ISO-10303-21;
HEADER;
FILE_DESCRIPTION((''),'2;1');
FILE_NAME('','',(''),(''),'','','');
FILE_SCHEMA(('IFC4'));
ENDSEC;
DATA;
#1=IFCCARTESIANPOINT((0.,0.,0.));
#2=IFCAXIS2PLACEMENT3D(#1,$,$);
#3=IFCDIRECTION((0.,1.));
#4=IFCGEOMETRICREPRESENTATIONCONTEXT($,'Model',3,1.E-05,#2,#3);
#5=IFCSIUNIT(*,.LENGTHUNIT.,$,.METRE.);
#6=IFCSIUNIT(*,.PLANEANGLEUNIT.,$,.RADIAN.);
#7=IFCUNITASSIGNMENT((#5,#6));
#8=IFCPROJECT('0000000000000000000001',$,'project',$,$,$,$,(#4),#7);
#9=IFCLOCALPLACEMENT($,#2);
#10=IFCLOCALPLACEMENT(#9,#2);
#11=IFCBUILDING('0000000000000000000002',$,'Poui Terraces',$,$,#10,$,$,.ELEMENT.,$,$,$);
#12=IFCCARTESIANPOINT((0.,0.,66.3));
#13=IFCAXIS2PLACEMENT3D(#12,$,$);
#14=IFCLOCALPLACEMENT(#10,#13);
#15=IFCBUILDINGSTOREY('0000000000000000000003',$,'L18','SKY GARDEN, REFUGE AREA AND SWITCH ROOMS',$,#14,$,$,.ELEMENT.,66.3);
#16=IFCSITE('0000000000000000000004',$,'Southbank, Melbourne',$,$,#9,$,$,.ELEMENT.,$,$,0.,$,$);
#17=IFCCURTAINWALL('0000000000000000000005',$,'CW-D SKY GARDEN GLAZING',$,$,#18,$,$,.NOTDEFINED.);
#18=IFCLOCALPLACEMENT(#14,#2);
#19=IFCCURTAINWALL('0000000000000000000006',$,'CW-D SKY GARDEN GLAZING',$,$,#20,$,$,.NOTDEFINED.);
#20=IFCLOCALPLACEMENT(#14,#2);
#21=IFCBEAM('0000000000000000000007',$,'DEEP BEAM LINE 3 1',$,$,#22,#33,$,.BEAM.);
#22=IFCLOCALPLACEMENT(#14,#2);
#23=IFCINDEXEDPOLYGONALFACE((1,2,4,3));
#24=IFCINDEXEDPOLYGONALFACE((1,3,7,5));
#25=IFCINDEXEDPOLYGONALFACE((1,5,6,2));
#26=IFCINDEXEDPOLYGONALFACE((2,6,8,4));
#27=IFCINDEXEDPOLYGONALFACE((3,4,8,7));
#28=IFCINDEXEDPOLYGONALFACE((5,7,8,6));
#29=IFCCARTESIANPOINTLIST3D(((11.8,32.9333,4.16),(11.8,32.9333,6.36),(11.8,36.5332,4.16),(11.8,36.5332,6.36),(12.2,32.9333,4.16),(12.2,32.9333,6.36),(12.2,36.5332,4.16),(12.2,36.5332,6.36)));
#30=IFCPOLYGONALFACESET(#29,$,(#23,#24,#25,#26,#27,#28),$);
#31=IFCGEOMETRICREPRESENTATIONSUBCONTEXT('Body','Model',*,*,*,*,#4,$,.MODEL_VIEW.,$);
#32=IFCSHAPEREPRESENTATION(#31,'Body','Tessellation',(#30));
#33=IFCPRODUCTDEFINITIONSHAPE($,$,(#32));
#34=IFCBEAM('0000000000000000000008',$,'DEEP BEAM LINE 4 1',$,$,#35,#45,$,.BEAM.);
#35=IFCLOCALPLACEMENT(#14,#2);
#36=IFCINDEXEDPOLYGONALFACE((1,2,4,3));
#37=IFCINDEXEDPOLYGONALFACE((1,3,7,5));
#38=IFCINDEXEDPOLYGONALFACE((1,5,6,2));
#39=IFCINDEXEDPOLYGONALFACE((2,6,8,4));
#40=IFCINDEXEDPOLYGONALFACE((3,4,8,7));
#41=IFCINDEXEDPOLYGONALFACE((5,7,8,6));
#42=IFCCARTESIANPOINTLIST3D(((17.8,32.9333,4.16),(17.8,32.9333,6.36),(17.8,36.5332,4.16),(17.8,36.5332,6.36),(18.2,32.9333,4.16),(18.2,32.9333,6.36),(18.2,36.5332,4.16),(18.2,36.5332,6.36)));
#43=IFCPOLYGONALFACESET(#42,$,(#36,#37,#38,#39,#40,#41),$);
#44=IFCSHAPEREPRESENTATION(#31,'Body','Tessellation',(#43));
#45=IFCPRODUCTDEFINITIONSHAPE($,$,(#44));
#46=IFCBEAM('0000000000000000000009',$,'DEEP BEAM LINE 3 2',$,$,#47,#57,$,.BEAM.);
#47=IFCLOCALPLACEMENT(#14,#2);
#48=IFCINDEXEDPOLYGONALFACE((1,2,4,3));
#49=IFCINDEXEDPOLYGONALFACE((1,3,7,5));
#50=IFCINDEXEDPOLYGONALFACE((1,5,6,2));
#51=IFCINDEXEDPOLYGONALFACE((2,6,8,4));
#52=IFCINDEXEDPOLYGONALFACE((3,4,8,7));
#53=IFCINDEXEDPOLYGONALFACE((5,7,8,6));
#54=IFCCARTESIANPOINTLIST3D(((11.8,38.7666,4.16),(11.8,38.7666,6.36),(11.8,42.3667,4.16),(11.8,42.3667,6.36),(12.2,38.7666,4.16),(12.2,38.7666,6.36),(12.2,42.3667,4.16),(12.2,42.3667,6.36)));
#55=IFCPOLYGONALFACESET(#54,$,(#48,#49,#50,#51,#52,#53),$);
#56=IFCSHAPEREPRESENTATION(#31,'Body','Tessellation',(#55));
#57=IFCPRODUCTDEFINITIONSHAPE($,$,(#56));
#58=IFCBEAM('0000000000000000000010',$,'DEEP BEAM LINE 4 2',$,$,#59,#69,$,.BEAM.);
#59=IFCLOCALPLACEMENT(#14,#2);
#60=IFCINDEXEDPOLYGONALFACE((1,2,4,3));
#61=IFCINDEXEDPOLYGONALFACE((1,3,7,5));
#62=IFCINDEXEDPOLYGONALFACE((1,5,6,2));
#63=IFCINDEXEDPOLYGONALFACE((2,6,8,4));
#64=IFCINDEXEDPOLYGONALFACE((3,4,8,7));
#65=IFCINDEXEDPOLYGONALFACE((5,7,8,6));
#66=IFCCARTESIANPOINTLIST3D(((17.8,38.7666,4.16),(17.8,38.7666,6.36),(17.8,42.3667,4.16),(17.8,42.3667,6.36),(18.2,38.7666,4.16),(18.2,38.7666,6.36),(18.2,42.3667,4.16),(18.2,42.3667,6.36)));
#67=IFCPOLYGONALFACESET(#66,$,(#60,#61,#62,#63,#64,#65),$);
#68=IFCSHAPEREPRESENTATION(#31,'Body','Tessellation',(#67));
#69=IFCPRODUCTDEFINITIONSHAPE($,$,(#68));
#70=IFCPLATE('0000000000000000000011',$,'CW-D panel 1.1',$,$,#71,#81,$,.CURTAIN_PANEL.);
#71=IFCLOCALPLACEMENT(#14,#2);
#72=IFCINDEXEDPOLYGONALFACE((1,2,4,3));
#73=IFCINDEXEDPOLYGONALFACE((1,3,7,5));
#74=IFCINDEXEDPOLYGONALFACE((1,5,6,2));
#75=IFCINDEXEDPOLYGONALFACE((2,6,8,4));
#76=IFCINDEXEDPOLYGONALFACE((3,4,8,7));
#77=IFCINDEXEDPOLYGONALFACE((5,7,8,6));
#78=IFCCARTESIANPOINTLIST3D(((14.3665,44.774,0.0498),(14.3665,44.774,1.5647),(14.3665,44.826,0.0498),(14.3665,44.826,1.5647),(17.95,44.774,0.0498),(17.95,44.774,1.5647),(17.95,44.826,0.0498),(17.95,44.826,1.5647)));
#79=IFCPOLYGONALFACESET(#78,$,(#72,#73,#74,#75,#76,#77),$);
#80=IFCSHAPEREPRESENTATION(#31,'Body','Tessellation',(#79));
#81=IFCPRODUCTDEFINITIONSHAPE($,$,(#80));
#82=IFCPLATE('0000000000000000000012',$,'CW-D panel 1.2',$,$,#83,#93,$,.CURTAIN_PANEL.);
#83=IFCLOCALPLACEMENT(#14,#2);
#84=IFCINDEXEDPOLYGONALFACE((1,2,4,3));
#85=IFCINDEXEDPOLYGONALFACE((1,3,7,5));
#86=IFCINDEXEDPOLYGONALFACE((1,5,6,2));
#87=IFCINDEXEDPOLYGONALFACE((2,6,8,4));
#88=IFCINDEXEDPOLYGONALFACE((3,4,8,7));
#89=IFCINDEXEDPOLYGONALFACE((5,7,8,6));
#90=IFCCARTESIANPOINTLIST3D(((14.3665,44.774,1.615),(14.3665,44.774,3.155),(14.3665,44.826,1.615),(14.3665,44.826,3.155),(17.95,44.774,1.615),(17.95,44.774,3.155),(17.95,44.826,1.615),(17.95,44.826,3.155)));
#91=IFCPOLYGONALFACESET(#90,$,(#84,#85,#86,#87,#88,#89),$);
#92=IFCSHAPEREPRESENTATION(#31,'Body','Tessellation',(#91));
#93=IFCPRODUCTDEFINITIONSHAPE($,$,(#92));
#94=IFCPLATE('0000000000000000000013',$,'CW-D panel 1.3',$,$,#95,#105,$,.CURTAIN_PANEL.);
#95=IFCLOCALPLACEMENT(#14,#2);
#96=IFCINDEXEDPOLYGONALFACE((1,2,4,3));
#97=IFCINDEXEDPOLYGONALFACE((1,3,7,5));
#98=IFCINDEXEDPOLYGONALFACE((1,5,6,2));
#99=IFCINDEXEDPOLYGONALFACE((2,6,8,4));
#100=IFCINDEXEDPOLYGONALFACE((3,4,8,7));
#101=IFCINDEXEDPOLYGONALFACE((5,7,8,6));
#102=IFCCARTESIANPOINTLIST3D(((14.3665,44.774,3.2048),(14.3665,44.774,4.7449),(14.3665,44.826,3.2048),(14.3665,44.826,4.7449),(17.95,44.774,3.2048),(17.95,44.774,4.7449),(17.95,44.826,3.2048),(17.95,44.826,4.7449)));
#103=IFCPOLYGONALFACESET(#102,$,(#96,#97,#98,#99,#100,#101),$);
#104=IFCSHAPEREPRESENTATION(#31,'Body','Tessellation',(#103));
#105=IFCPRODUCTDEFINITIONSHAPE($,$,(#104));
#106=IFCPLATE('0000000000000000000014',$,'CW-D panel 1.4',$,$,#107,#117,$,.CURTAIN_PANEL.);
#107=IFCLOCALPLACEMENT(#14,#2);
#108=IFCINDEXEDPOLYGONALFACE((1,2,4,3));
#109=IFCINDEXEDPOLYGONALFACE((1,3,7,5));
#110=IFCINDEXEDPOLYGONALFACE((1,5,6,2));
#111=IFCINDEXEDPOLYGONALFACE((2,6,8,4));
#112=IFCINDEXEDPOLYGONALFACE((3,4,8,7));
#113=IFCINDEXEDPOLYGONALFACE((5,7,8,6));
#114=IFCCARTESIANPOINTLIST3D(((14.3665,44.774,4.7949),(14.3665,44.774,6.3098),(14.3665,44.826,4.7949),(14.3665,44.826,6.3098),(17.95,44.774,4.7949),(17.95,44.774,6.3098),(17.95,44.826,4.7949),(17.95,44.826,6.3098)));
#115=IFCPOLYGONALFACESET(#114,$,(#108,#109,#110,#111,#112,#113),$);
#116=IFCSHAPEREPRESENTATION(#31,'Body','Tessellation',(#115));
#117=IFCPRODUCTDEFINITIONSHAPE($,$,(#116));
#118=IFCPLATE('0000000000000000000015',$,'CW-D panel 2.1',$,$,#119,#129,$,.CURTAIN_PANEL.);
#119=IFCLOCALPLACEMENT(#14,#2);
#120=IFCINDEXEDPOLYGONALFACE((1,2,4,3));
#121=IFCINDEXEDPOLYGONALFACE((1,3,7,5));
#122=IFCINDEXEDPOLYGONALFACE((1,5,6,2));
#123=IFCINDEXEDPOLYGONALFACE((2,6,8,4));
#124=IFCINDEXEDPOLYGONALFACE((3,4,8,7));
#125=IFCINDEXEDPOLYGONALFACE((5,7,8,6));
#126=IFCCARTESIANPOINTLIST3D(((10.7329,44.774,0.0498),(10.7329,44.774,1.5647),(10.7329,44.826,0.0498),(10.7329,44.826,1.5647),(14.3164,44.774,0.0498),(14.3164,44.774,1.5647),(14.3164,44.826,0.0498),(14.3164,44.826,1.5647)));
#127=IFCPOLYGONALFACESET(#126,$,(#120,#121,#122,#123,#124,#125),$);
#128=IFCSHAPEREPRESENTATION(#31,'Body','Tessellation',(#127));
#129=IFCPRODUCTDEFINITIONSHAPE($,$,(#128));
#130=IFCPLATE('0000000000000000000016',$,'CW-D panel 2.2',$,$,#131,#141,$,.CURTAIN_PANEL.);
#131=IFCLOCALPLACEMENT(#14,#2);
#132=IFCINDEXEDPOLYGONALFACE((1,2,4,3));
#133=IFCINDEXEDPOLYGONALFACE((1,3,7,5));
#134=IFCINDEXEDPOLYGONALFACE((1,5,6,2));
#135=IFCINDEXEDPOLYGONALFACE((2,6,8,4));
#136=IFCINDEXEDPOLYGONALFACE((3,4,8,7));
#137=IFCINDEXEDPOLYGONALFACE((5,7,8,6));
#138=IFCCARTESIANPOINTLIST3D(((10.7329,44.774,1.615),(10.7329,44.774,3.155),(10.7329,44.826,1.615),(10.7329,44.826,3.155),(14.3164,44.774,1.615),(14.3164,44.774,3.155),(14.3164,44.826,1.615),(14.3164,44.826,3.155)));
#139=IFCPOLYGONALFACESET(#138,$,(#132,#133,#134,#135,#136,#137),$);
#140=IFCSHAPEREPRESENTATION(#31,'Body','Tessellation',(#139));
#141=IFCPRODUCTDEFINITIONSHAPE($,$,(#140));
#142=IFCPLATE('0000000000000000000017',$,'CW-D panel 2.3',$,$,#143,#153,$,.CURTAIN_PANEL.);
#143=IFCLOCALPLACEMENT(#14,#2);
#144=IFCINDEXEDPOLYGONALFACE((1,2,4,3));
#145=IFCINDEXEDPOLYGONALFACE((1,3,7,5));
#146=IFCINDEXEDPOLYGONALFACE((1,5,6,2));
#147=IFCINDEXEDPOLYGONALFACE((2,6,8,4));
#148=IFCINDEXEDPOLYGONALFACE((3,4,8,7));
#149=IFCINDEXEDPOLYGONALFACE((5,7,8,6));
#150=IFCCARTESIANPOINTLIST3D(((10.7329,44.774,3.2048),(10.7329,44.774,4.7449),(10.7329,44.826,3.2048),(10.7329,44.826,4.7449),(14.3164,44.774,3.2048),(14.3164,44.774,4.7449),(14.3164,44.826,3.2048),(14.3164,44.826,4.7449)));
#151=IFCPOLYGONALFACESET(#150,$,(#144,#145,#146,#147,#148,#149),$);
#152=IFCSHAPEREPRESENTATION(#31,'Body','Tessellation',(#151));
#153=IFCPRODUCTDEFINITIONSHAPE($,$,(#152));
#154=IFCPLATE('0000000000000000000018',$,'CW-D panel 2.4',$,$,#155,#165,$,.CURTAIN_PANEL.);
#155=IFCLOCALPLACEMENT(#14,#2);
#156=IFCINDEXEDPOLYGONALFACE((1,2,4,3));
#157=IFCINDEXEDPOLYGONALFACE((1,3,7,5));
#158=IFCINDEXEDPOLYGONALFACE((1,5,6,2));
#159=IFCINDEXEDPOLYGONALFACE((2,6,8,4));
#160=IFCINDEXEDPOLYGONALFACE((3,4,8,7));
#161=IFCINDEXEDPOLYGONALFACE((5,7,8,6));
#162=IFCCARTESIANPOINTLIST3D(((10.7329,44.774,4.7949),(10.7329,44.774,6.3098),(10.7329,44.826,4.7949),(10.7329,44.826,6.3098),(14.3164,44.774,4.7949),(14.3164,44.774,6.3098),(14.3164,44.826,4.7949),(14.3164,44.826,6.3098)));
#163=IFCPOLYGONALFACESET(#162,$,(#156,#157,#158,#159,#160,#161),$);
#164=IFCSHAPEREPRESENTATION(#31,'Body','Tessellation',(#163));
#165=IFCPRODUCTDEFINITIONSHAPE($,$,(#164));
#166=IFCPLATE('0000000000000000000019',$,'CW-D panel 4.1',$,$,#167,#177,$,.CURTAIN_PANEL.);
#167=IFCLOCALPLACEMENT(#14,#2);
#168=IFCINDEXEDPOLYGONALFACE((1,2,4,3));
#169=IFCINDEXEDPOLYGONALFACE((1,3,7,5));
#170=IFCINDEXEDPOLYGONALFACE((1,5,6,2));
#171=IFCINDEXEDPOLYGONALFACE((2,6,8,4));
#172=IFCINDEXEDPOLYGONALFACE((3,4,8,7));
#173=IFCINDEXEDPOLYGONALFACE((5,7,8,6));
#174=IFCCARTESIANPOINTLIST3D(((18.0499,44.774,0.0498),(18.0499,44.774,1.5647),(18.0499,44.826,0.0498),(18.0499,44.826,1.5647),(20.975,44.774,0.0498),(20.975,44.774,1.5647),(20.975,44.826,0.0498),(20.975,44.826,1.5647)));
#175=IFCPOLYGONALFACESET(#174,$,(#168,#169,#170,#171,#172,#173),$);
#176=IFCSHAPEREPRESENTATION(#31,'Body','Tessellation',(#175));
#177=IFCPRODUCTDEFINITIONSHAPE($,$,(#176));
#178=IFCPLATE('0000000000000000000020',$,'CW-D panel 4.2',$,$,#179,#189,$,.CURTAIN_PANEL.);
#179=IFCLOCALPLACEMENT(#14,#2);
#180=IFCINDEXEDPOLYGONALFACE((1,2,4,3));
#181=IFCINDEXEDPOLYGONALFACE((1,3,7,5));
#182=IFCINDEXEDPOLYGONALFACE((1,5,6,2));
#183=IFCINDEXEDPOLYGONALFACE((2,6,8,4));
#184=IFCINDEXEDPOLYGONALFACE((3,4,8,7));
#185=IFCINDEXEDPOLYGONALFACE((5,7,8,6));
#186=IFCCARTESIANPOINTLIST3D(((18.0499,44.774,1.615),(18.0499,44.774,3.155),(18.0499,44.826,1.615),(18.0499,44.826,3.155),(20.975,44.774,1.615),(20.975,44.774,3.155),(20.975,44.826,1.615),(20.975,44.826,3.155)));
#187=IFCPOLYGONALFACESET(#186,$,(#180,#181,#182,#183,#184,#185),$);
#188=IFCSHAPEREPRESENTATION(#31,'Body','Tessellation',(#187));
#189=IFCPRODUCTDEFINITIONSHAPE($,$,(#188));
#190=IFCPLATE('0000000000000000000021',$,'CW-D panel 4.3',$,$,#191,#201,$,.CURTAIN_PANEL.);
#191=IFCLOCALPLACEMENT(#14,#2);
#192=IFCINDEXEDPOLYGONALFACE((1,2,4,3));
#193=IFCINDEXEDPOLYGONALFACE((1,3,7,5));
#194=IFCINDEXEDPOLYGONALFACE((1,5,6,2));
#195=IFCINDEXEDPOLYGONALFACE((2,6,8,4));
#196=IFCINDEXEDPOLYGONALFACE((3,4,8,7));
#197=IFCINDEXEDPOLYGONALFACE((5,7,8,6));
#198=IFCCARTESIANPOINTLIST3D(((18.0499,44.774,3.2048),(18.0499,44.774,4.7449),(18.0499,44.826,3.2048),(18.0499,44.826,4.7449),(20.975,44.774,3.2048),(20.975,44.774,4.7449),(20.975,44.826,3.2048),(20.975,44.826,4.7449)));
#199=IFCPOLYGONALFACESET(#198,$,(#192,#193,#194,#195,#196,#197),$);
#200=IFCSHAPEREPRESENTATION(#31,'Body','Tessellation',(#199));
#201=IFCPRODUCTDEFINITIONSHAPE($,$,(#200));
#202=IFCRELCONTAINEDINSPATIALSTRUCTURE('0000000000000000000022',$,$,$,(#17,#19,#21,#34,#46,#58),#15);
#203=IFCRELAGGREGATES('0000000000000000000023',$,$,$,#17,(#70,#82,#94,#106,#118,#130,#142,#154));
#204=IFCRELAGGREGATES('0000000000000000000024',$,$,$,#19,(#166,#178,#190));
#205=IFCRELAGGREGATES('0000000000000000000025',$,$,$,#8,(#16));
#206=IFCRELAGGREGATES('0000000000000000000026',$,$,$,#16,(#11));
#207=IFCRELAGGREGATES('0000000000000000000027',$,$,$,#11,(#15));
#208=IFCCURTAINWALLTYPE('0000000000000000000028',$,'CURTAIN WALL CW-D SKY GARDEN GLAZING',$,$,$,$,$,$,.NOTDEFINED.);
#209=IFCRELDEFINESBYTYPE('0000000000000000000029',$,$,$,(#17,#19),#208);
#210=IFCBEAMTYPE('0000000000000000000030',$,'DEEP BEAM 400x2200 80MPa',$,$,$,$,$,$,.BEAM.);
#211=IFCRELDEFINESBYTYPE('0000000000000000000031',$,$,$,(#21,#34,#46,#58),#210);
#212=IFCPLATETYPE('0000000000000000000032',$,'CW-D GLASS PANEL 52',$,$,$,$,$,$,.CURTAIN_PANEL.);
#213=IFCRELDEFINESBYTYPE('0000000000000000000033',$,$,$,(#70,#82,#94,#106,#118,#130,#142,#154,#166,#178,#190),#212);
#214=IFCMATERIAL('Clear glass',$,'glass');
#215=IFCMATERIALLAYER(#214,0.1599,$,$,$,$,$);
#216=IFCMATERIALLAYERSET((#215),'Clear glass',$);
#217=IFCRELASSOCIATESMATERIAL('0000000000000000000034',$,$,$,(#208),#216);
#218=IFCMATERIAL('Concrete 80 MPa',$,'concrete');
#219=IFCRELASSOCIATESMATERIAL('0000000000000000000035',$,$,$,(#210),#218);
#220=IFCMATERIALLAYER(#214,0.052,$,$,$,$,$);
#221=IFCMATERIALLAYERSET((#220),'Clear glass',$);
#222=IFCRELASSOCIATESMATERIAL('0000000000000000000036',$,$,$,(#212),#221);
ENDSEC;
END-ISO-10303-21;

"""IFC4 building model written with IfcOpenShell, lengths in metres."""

from ifc_helpers import new_model, si_unit, direction, frame, origin, origin_2d, place, context, subcontext, project, spatial, rectangle, extrude, source, transform, mapped, material, layer, layer_set, material_profile, profile_set, type_object, element, aggregate, save


model = new_model("IFC4")

# Units and contexts
model_context = context("Model", 3, precision=1e-05, world=origin(), true_north=direction((0.0, 1.0)))
body_context = subcontext(model_context, "Body", "Model", "MODEL_VIEW")
ifc_project = project(units=[si_unit("LENGTHUNIT", "METRE"), si_unit("PLANEANGLEUNIT", "RADIAN")], contexts=[model_context])

# Site, building, storey
site_placement = place(None, origin())
site = spatial("IfcSite", under=ifc_project, at=site_placement, Name="Southbank, Melbourne", CompositionType="ELEMENT", RefElevation=0.0)
building_placement = place(site_placement, origin())
building = spatial("IfcBuilding", under=site, at=building_placement, Name="Poui Terraces", CompositionType="ELEMENT")
storey_placement = place(building_placement, frame((0.0, 0.0, 66.3)))
storey = spatial("IfcBuildingStorey", under=building, at=storey_placement, Name="L18", Description="SKY GARDEN, REFUGE AREA AND SWITCH ROOMS", CompositionType="ELEMENT", Elevation=66.3)

# Curtain wall
ifc_material_1 = material(Name="Clear glass", Category="glass")
ifc_layer_1 = layer(ifc_material_1, 0.1599)
ifc_layer_set_1 = layer_set([ifc_layer_1], Name="Clear glass")
curtain_wall_type = type_object("IfcCurtainWallType", Name="CURTAIN WALL CW-D SKY GARDEN GLAZING", PredefinedType="NOTDEFINED", material=ifc_layer_set_1)
curtain_wall_1_placement = place(storey_placement, origin())
curtain_wall_1 = element("IfcCurtainWall", 1, at=curtain_wall_1_placement, inside=storey, type_object=curtain_wall_type, Name="CW-D SKY GARDEN GLAZING", PredefinedType="NOTDEFINED")

# Curtain wall
curtain_wall_2_placement = place(storey_placement, origin())
curtain_wall_2 = element("IfcCurtainWall", 2, at=curtain_wall_2_placement, inside=storey, type_object=curtain_wall_type, Name="CW-D SKY GARDEN GLAZING", PredefinedType="NOTDEFINED")

# Beams
ifc_material_2 = material(Name="Concrete 80 MPa", Category="concrete")
ifc_material_profile_1 = material_profile(ifc_material_2, rectangle(XDim=0.3999, YDim=2.2, at=origin_2d()), Name="RC 400x2200")
ifc_profile_set_1 = profile_set([ifc_material_profile_1], Name="Concrete 80 MPa")
beam_type = type_object("IfcBeamType", Name="DEEP BEAM 400x2200 80MPa", PredefinedType="BEAM", material=ifc_profile_set_1)
shared_shape_1 = source(origin(), body_context, "Body", "SweptSolid", [
    extrude(rectangle(XDim=0.3999, YDim=2.2, at=origin_2d()), origin(), (0.0, 0.0, 1.0), 3.5999),
])
for number, where, z_axis, x_axis, name in (
    (3, (12.0, 32.9333, 5.26), (0.0, 1.0, 0.0), (-1.0, 0.0, 0.0), "DEEP BEAM LINE 3 1"),
    (4, (18.0, 32.9333, 5.26), (0.0, 1.0, 0.0), (-1.0, 0.0, 0.0), "DEEP BEAM LINE 4 1"),
):
    element("IfcBeam", number, at=place(storey_placement, frame(where, z_axis=z_axis, x_axis=x_axis)), inside=storey, type_object=beam_type, Name=name, PredefinedType="BEAM", context=body_context, shape_type="MappedRepresentation", body=[
        mapped(shared_shape_1, transform((0.0, 0.0, 0.0))),
    ])
shared_shape_2 = source(origin(), body_context, "Body", "SweptSolid", [
    extrude(rectangle(XDim=0.3999, YDim=2.2, at=origin_2d()), origin(), (0.0, 0.0, 1.0), 3.6001),
])
for number, where, z_axis, x_axis, name in (
    (5, (12.0, 38.7666, 5.26), (0.0, 1.0, 0.0), (-1.0, 0.0, 0.0), "DEEP BEAM LINE 3 2"),
    (6, (18.0, 38.7666, 5.26), (0.0, 1.0, 0.0), (-1.0, 0.0, 0.0), "DEEP BEAM LINE 4 2"),
):
    element("IfcBeam", number, at=place(storey_placement, frame(where, z_axis=z_axis, x_axis=x_axis)), inside=storey, type_object=beam_type, Name=name, PredefinedType="BEAM", context=body_context, shape_type="MappedRepresentation", body=[
        mapped(shared_shape_2, transform((0.0, 0.0, 0.0))),
    ])

# Plates
ifc_layer_2 = layer(ifc_material_1, 0.052)
ifc_layer_set_2 = layer_set([ifc_layer_2], Name="Clear glass")
plate_type = type_object("IfcPlateType", Name="CW-D GLASS PANEL 52", PredefinedType="CURTAIN_PANEL", material=ifc_layer_set_2)
plate_1_placement = place(storey_placement, frame((16.1582, 44.8, 0.0498), z_axis=(0.0, 0.0, 1.0), x_axis=(-1.0, 0.0, 0.0)))
plate_1 = element("IfcPlate", 7, at=plate_1_placement, type_object=plate_type, Name="CW-D panel 1.1", PredefinedType="CURTAIN_PANEL", context=body_context, shape_type="SweptSolid", body=[
    extrude(rectangle(XDim=3.5835, YDim=0.052, at=origin_2d()), origin(), (0.0, 0.0, 1.0), 1.5149),
])
plate_2_placement = place(storey_placement, frame((16.1582, 44.8, 1.615), z_axis=(0.0, 0.0, 1.0), x_axis=(-1.0, 0.0, 0.0)))
plate_2 = element("IfcPlate", 8, at=plate_2_placement, type_object=plate_type, Name="CW-D panel 1.2", PredefinedType="CURTAIN_PANEL", context=body_context, shape_type="SweptSolid", body=[
    extrude(rectangle(XDim=3.5835, YDim=0.052, at=origin_2d()), origin(), (0.0, 0.0, 1.0), 1.54),
])
plate_3_placement = place(storey_placement, frame((16.1582, 44.8, 3.2048), z_axis=(0.0, 0.0, 1.0), x_axis=(-1.0, 0.0, 0.0)))
plate_3 = element("IfcPlate", 9, at=plate_3_placement, type_object=plate_type, Name="CW-D panel 1.3", PredefinedType="CURTAIN_PANEL", context=body_context, shape_type="SweptSolid", body=[
    extrude(rectangle(XDim=3.5835, YDim=0.052, at=origin_2d()), origin(), (0.0, 0.0, 1.0), 1.54),
])
plate_4_placement = place(storey_placement, frame((16.1582, 44.8, 4.7949), z_axis=(0.0, 0.0, 1.0), x_axis=(-1.0, 0.0, 0.0)))
plate_4 = element("IfcPlate", 10, at=plate_4_placement, type_object=plate_type, Name="CW-D panel 1.4", PredefinedType="CURTAIN_PANEL", context=body_context, shape_type="SweptSolid", body=[
    extrude(rectangle(XDim=3.5835, YDim=0.052, at=origin_2d()), origin(), (0.0, 0.0, 1.0), 1.5149),
])
plate_5_placement = place(storey_placement, frame((12.5247, 44.8, 0.0498), z_axis=(0.0, 0.0, 1.0), x_axis=(-1.0, 0.0, 0.0)))
plate_5 = element("IfcPlate", 11, at=plate_5_placement, type_object=plate_type, Name="CW-D panel 2.1", PredefinedType="CURTAIN_PANEL", context=body_context, shape_type="SweptSolid", body=[
    extrude(rectangle(XDim=3.5835, YDim=0.052, at=origin_2d()), origin(), (0.0, 0.0, 1.0), 1.5149),
])
plate_6_placement = place(storey_placement, frame((12.5247, 44.8, 1.615), z_axis=(0.0, 0.0, 1.0), x_axis=(-1.0, 0.0, 0.0)))
plate_6 = element("IfcPlate", 12, at=plate_6_placement, type_object=plate_type, Name="CW-D panel 2.2", PredefinedType="CURTAIN_PANEL", context=body_context, shape_type="SweptSolid", body=[
    extrude(rectangle(XDim=3.5835, YDim=0.052, at=origin_2d()), origin(), (0.0, 0.0, 1.0), 1.54),
])
plate_7_placement = place(storey_placement, frame((12.5247, 44.8, 3.2048), z_axis=(0.0, 0.0, 1.0), x_axis=(-1.0, 0.0, 0.0)))
plate_7 = element("IfcPlate", 13, at=plate_7_placement, type_object=plate_type, Name="CW-D panel 2.3", PredefinedType="CURTAIN_PANEL", context=body_context, shape_type="SweptSolid", body=[
    extrude(rectangle(XDim=3.5835, YDim=0.052, at=origin_2d()), origin(), (0.0, 0.0, 1.0), 1.54),
])
plate_8_placement = place(storey_placement, frame((12.5247, 44.8, 4.7949), z_axis=(0.0, 0.0, 1.0), x_axis=(-1.0, 0.0, 0.0)))
plate_8 = element("IfcPlate", 14, at=plate_8_placement, type_object=plate_type, Name="CW-D panel 2.4", PredefinedType="CURTAIN_PANEL", context=body_context, shape_type="SweptSolid", body=[
    extrude(rectangle(XDim=3.5835, YDim=0.052, at=origin_2d()), origin(), (0.0, 0.0, 1.0), 1.5149),
])
aggregate(curtain_wall_1, [plate_1, plate_2, plate_3, plate_4, plate_5, plate_6, plate_7, plate_8])
plate_9_placement = place(storey_placement, frame((19.5125, 44.8, 0.0498), z_axis=(0.0, 0.0, 1.0), x_axis=(-1.0, 0.0, 0.0)))
plate_9 = element("IfcPlate", 15, at=plate_9_placement, type_object=plate_type, Name="CW-D panel 4.1", PredefinedType="CURTAIN_PANEL", context=body_context, shape_type="SweptSolid", body=[
    extrude(rectangle(XDim=2.925, YDim=0.052, at=origin_2d()), origin(), (0.0, 0.0, 1.0), 1.5149),
])
plate_10_placement = place(storey_placement, frame((19.5125, 44.8, 1.615), z_axis=(0.0, 0.0, 1.0), x_axis=(-1.0, 0.0, 0.0)))
plate_10 = element("IfcPlate", 16, at=plate_10_placement, type_object=plate_type, Name="CW-D panel 4.2", PredefinedType="CURTAIN_PANEL", context=body_context, shape_type="SweptSolid", body=[
    extrude(rectangle(XDim=2.925, YDim=0.052, at=origin_2d()), origin(), (0.0, 0.0, 1.0), 1.54),
])
plate_11_placement = place(storey_placement, frame((19.5125, 44.8, 3.2048), z_axis=(0.0, 0.0, 1.0), x_axis=(-1.0, 0.0, 0.0)))
plate_11 = element("IfcPlate", 17, at=plate_11_placement, type_object=plate_type, Name="CW-D panel 4.3", PredefinedType="CURTAIN_PANEL", context=body_context, shape_type="SweptSolid", body=[
    extrude(rectangle(XDim=2.925, YDim=0.052, at=origin_2d()), origin(), (0.0, 0.0, 1.0), 1.54),
])
aggregate(curtain_wall_2, [plate_9, plate_10, plate_11])

save(model, "model.ifc")
